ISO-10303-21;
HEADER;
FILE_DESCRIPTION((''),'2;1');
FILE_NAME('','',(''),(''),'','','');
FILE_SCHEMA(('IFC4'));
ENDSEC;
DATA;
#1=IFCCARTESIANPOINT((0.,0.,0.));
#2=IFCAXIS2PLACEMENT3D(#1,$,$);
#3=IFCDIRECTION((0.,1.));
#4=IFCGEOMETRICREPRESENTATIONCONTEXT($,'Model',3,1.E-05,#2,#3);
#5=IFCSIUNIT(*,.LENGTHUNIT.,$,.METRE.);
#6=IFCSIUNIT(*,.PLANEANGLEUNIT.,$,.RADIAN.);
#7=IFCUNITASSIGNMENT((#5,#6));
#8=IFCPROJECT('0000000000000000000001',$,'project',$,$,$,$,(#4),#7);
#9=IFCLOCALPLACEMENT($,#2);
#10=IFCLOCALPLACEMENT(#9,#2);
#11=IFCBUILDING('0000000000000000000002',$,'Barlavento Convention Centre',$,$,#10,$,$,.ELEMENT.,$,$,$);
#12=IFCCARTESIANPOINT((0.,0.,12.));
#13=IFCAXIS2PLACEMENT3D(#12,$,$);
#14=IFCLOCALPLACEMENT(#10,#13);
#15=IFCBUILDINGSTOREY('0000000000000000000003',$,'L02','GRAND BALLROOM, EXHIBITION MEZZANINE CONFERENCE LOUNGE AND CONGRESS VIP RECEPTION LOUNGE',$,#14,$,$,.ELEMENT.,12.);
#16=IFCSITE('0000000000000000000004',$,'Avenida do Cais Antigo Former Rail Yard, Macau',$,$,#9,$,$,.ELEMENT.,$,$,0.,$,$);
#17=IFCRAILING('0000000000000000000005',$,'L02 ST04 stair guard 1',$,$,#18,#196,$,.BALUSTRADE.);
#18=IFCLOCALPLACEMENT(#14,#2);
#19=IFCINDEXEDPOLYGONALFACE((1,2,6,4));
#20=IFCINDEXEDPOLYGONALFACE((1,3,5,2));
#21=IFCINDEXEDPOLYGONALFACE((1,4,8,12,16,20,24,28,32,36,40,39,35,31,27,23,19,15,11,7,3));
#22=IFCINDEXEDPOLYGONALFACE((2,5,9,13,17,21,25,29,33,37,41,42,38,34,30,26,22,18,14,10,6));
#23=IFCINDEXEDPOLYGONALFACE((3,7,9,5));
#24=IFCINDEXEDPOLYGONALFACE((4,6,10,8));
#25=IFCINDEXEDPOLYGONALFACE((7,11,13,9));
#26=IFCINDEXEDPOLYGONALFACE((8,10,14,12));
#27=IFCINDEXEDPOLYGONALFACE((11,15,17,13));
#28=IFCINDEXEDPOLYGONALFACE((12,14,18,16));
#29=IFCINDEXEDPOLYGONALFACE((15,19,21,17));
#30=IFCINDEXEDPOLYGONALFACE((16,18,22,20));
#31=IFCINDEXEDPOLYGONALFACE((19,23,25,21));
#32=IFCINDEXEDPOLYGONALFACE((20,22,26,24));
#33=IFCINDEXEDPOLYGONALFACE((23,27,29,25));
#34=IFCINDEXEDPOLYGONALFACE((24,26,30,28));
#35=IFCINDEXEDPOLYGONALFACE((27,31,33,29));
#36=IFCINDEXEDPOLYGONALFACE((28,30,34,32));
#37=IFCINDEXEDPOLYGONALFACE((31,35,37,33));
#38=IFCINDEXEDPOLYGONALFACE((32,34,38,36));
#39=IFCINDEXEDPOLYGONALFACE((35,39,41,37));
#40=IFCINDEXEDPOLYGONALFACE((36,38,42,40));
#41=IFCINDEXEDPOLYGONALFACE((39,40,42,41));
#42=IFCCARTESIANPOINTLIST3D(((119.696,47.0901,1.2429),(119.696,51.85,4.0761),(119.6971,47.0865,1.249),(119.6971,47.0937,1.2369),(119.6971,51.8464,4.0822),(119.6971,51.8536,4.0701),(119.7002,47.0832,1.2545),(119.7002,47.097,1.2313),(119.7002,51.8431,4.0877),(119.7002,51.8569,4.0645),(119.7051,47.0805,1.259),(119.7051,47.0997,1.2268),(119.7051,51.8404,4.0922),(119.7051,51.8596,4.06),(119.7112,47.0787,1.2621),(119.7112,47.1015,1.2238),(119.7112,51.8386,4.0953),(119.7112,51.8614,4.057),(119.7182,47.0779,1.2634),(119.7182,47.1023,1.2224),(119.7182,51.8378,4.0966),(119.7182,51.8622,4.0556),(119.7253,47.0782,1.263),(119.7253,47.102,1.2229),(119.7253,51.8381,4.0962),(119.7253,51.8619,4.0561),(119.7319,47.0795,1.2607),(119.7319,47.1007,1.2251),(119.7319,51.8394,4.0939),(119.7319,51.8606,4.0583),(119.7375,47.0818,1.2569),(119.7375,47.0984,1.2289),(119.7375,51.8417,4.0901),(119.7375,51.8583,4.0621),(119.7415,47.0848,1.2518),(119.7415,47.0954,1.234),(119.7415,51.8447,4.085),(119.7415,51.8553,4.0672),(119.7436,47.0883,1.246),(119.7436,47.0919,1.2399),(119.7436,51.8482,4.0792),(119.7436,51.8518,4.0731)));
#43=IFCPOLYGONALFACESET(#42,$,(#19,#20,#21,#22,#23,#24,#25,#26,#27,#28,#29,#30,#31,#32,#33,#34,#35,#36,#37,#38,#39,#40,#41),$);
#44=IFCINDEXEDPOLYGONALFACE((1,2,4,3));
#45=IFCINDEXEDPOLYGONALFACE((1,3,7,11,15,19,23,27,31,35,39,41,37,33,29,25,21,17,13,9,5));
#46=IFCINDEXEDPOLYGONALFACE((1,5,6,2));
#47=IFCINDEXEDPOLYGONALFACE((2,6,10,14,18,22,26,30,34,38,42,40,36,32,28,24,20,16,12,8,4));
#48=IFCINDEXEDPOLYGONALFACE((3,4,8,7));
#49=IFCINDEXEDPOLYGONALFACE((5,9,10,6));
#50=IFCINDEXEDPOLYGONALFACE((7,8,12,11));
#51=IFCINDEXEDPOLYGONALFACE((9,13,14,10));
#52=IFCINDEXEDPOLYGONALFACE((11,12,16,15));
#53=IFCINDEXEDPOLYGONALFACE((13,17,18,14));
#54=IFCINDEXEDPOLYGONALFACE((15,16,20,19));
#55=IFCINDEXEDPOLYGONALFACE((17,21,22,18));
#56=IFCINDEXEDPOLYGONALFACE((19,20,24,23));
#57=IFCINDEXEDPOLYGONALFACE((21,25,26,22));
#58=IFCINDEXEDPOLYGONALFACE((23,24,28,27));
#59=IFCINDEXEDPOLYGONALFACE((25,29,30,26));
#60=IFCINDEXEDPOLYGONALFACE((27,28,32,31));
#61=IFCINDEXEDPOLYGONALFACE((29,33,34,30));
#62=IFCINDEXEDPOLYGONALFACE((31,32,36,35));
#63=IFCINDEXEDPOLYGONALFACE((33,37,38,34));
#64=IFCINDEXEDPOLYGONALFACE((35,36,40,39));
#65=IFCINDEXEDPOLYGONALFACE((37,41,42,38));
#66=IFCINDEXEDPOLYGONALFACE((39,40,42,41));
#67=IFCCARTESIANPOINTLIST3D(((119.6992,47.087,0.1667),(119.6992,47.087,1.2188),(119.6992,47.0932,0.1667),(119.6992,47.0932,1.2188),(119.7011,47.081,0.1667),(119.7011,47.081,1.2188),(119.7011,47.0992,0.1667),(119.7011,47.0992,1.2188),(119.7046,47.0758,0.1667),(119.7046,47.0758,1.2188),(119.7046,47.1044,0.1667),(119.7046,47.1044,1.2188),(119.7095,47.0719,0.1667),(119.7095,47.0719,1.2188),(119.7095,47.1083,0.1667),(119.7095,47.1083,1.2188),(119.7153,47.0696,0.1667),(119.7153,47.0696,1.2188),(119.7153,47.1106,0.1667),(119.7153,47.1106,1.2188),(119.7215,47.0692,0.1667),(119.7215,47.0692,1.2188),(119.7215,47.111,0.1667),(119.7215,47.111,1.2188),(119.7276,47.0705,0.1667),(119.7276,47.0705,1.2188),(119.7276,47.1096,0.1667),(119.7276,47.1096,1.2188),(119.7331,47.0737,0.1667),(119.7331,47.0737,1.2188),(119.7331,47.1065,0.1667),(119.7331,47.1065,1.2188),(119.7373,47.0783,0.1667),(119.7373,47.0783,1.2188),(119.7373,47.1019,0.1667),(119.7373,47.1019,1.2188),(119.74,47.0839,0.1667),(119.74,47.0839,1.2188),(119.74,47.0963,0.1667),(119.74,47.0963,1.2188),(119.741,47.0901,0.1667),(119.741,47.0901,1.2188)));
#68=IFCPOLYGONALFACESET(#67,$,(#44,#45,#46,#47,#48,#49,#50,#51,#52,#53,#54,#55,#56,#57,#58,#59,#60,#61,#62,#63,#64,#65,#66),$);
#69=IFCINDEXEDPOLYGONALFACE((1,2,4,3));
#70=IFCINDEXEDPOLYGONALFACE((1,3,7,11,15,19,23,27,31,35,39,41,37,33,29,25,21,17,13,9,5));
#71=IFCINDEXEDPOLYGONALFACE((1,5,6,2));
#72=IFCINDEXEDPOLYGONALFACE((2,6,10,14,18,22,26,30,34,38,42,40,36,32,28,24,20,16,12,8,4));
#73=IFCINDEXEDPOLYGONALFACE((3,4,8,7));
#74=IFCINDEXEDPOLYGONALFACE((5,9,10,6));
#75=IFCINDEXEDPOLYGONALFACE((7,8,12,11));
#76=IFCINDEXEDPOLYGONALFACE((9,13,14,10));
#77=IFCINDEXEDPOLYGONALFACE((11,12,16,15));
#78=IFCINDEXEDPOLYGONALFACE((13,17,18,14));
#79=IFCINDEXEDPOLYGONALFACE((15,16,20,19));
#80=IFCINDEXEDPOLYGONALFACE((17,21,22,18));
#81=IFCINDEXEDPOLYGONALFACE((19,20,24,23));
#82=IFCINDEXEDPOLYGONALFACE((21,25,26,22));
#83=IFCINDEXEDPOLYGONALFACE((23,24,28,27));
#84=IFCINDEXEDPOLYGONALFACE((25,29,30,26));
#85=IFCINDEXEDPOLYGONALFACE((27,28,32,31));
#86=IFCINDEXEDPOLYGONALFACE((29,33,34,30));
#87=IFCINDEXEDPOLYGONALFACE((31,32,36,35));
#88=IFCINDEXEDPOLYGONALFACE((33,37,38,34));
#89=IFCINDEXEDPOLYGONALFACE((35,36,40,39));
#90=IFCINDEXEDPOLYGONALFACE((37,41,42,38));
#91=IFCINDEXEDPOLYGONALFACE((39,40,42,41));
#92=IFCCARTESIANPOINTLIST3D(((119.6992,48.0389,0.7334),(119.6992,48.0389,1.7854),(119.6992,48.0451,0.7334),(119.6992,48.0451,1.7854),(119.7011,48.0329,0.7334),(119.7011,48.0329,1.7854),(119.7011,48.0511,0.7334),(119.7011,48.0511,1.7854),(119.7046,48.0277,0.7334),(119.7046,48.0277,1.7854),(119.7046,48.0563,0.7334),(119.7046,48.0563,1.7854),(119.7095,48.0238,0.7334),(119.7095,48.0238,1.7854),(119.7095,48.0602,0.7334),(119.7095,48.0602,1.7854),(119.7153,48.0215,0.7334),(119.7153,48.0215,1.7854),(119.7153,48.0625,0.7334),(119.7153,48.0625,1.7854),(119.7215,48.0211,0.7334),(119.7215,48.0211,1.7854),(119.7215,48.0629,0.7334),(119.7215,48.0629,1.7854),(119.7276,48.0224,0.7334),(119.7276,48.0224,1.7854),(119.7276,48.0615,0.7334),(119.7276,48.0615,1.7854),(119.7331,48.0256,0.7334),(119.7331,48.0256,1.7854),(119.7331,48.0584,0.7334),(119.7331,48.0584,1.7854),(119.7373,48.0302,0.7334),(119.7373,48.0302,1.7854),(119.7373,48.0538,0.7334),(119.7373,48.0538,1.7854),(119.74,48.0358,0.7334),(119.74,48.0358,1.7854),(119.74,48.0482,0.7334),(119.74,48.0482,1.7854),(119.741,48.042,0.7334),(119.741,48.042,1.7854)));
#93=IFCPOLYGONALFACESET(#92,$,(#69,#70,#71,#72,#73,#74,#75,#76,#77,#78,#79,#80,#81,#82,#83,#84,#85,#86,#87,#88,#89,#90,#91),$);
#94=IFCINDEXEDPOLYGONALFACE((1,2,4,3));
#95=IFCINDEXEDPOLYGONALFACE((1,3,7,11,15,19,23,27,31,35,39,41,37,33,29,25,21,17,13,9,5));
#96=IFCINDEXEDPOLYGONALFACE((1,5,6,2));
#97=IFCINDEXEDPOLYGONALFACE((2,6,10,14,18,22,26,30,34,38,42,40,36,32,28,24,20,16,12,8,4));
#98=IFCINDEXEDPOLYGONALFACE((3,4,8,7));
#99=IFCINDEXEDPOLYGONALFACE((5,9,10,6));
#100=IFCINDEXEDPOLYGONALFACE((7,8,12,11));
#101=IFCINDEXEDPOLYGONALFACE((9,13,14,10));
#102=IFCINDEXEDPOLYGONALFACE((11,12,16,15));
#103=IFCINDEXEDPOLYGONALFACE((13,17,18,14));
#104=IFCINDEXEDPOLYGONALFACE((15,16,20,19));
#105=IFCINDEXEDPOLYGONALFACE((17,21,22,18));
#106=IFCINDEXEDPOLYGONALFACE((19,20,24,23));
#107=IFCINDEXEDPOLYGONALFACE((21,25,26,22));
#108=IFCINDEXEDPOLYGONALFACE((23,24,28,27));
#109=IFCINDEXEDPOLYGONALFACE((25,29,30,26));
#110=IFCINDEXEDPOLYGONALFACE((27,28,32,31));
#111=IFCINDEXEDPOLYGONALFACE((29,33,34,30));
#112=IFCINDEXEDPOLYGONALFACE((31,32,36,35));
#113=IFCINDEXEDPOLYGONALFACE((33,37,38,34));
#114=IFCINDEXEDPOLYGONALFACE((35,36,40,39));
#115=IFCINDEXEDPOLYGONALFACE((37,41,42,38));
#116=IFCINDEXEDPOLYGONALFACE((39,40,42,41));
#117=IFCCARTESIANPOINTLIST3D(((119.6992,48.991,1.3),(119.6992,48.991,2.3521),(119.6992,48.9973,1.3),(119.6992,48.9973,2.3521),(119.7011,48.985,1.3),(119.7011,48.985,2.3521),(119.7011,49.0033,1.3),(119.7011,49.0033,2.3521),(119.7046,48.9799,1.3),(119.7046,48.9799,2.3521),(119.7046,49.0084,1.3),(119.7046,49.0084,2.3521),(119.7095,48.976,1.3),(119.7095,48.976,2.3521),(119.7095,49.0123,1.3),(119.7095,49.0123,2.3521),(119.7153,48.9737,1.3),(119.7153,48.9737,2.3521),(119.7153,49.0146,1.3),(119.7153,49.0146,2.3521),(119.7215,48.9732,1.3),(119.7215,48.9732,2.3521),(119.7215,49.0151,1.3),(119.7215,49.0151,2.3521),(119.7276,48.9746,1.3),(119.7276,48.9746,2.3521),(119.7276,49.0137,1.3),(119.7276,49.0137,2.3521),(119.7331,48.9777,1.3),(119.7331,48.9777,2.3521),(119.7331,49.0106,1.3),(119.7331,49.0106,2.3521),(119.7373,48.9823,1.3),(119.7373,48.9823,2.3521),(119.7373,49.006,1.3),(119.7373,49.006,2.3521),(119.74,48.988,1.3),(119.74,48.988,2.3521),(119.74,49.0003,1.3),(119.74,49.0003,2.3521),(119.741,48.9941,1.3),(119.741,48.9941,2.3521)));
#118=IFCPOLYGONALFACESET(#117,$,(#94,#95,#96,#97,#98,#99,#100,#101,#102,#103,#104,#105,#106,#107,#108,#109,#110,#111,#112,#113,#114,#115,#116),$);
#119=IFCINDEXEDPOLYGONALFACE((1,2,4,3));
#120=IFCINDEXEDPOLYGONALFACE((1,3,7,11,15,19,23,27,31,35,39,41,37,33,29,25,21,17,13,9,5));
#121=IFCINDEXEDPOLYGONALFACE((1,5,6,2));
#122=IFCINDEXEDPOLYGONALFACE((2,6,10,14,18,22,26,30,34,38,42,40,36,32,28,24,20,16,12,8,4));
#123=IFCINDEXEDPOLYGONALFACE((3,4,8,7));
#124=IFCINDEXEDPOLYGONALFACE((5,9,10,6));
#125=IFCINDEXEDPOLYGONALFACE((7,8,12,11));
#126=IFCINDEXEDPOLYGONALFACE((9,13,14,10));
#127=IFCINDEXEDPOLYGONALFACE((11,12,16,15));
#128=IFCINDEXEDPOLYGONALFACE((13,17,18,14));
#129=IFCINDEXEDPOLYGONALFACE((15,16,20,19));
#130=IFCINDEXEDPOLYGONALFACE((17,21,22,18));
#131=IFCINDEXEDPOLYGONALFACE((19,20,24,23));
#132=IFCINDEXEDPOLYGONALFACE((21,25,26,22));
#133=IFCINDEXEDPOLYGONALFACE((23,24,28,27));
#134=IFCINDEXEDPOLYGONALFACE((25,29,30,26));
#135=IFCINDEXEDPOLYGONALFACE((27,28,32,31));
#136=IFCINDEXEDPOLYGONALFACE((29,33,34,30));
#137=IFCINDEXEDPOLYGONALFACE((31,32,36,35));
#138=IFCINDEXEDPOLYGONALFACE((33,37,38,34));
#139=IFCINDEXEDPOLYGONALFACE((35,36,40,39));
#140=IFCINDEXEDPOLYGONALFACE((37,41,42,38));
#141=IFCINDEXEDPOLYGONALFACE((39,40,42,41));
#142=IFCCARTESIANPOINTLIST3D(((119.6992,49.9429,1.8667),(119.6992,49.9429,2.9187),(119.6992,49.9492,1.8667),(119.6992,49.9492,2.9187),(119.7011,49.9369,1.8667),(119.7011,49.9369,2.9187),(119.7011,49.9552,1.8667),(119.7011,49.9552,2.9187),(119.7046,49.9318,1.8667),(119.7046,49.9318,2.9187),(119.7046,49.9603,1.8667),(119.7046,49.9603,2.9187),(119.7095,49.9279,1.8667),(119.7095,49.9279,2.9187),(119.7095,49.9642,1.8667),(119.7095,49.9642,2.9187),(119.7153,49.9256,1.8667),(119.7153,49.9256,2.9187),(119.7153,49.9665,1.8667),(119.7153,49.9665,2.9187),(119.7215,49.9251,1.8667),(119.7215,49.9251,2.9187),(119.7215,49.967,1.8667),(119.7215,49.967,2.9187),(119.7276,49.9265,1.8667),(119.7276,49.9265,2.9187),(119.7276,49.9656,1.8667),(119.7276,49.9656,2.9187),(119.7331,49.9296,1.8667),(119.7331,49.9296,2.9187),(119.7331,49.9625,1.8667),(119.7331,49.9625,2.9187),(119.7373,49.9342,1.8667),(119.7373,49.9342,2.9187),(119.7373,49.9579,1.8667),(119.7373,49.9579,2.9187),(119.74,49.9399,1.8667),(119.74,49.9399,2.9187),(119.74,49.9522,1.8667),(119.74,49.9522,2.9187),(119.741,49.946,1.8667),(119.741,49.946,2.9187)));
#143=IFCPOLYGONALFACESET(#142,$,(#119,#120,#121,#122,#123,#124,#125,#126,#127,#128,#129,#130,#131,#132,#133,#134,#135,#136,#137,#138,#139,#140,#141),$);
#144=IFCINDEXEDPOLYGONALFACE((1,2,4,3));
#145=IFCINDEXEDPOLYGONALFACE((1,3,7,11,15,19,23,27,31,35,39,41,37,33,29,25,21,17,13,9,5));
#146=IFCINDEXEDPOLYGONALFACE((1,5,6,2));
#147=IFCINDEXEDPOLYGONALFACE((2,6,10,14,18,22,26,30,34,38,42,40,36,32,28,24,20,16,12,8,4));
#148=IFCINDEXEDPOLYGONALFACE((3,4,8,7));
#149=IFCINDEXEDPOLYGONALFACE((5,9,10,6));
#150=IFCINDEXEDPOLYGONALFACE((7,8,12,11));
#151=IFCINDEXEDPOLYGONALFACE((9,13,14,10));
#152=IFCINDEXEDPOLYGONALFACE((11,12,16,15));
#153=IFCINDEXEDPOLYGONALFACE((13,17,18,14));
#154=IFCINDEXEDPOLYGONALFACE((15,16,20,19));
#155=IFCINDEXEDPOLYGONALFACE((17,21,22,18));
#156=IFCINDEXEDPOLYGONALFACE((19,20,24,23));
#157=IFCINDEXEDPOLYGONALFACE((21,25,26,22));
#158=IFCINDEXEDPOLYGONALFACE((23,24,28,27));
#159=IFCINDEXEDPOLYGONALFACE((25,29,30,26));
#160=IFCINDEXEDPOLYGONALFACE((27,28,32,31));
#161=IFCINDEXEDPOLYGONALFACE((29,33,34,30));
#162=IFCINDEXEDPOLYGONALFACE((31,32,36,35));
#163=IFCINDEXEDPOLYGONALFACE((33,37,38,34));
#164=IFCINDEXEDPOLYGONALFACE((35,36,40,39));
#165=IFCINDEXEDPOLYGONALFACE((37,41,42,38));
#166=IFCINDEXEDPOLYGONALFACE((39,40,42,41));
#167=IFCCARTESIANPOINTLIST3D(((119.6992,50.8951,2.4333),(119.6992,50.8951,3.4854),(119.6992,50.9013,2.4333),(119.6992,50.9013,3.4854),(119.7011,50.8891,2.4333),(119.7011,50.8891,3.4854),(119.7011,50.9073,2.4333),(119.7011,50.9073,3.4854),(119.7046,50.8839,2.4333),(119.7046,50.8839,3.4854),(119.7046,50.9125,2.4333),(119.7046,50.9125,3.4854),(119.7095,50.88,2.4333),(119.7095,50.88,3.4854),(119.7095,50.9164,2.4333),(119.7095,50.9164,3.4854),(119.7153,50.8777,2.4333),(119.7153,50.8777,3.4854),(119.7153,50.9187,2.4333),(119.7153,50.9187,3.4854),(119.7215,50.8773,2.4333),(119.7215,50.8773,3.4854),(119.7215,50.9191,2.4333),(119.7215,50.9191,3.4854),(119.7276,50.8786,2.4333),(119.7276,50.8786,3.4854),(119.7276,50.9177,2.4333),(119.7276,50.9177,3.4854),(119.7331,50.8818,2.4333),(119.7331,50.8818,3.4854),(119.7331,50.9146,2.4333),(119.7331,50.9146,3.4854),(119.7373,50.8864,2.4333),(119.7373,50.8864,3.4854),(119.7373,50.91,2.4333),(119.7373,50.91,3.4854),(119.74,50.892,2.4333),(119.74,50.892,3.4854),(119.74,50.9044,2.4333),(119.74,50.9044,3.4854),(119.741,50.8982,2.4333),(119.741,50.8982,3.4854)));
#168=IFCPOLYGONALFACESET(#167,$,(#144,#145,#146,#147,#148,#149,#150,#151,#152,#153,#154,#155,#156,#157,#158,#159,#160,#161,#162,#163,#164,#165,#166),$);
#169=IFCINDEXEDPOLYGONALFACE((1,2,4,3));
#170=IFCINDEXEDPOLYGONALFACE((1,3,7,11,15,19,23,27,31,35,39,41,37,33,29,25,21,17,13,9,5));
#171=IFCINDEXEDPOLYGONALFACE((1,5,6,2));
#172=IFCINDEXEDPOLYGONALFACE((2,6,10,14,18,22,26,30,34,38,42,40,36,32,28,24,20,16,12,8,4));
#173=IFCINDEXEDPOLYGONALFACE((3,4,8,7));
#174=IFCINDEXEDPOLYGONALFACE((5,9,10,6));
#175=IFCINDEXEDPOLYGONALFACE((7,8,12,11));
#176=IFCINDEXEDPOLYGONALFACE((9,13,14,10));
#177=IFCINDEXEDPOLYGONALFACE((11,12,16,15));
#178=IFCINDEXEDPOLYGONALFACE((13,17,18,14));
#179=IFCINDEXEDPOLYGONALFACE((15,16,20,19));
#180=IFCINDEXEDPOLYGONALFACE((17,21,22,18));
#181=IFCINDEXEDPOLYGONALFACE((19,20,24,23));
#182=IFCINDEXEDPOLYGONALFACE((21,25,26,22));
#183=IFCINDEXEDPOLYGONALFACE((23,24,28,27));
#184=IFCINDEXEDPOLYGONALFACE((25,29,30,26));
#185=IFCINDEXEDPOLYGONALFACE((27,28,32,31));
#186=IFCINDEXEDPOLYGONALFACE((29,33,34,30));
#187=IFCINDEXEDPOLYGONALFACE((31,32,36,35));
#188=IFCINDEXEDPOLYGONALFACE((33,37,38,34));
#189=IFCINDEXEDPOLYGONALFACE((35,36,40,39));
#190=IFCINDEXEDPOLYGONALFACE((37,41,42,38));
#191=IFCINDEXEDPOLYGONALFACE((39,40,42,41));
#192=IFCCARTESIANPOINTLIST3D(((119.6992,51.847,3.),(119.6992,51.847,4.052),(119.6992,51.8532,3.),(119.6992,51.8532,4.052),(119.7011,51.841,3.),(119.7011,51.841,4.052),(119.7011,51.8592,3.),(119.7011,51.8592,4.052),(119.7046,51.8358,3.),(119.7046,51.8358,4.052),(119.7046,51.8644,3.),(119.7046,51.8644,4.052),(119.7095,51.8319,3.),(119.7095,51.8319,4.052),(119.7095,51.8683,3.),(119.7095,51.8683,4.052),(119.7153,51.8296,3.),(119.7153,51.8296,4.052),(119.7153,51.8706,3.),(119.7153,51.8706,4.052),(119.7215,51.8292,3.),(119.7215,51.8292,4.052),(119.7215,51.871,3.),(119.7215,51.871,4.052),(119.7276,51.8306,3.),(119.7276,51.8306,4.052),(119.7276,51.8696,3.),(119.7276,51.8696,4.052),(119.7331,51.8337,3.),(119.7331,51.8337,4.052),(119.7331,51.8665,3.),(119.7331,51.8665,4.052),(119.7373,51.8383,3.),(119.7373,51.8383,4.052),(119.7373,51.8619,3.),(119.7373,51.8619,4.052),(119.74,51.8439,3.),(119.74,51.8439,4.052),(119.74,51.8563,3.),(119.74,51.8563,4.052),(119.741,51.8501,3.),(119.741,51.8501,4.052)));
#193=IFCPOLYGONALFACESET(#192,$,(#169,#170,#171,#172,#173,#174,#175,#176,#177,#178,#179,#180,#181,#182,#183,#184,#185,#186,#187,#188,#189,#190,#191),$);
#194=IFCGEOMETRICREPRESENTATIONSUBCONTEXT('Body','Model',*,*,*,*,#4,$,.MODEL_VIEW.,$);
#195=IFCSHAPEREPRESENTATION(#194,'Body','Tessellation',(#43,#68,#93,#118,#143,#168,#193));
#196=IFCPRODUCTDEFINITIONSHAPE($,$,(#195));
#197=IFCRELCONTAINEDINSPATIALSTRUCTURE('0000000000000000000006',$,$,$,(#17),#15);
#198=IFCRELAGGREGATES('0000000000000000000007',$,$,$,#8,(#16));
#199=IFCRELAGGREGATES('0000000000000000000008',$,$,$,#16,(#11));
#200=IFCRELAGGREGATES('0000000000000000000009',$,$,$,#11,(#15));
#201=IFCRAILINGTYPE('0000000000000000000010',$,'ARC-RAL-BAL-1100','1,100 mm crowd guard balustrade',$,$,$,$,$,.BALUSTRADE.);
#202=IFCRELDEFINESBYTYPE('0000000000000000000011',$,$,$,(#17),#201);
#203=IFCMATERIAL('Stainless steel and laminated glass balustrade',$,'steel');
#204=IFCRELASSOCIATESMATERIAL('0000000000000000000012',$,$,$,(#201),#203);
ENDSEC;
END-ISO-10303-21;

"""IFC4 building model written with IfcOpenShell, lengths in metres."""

from ifc_helpers import new_model, si_unit, direction, frame, origin, origin_2d, place, context, subcontext, project, spatial, circle, extrude, material, type_object, element, save


model = new_model("IFC4")

# Units and contexts
model_context = context("Model", 3, precision=1e-05, world=origin(), true_north=direction((0.0, 1.0)))
body_context = subcontext(model_context, "Body", "Model", "MODEL_VIEW")
ifc_project = project(units=[si_unit("LENGTHUNIT", "METRE"), si_unit("PLANEANGLEUNIT", "RADIAN")], contexts=[model_context])

# Site, building, storey
site_placement = place(None, origin())
site = spatial("IfcSite", under=ifc_project, at=site_placement, Name="Avenida do Cais Antigo Former Rail Yard, Macau", CompositionType="ELEMENT", RefElevation=0.0)
building_placement = place(site_placement, origin())
building = spatial("IfcBuilding", under=site, at=building_placement, Name="Barlavento Convention Centre", CompositionType="ELEMENT")
storey_placement = place(building_placement, frame((0.0, 0.0, 12.0)))
storey = spatial("IfcBuildingStorey", under=building, at=storey_placement, Name="L02", Description="GRAND BALLROOM, EXHIBITION MEZZANINE CONFERENCE LOUNGE AND CONGRESS VIP RECEPTION LOUNGE", CompositionType="ELEMENT", Elevation=12.0)

# Railing
ifc_material_1 = material(Name="Stainless steel and laminated glass balustrade", Category="steel")
railing_type_1 = type_object("IfcRailingType", Name="ARC-RAL-BAL-1100", Description="1,100 mm crowd guard balustrade", PredefinedType="BALUSTRADE", material=ifc_material_1)
railing_1_placement = place(storey_placement, frame((119.72, 47.0901, 0.1667)))
element("IfcRailing", 1, at=railing_1_placement, inside=storey, type_object=railing_type_1, Name="L02 ST04 stair guard 1", PredefinedType="BALUSTRADE", context=body_context, shape_type="SweptSolid", body=[
    extrude(circle(Radius=0.0239, at=origin_2d()), frame((0.0, 0.0, 1.0762), z_axis=(0.0, 0.8593, 0.511472), x_axis=(-1.0, 0.0, 0.0)), (0.0, 0.0, 1.0), 5.5393),
    extrude(circle(Radius=0.021, at=origin_2d()), origin(), (0.0, 0.0, 1.0), 1.052),
    extrude(circle(Radius=0.021, at=origin_2d()), frame((0.0, 0.9519, 0.5667)), (0.0, 0.0, 1.0), 1.052),
    extrude(circle(Radius=0.021, at=origin_2d()), frame((0.0, 1.9041, 1.1333)), (0.0, 0.0, 1.0), 1.052),
    extrude(circle(Radius=0.021, at=origin_2d()), frame((0.0, 2.856, 1.7)), (0.0, 0.0, 1.0), 1.052),
    extrude(circle(Radius=0.021, at=origin_2d()), frame((0.0, 3.8081, 2.2666)), (0.0, 0.0, 1.0), 1.052),
    extrude(circle(Radius=0.021, at=origin_2d()), frame((0.0, 4.76, 2.8333)), (0.0, 0.0, 1.0), 1.052),
])

save(model, "model.ifc")
